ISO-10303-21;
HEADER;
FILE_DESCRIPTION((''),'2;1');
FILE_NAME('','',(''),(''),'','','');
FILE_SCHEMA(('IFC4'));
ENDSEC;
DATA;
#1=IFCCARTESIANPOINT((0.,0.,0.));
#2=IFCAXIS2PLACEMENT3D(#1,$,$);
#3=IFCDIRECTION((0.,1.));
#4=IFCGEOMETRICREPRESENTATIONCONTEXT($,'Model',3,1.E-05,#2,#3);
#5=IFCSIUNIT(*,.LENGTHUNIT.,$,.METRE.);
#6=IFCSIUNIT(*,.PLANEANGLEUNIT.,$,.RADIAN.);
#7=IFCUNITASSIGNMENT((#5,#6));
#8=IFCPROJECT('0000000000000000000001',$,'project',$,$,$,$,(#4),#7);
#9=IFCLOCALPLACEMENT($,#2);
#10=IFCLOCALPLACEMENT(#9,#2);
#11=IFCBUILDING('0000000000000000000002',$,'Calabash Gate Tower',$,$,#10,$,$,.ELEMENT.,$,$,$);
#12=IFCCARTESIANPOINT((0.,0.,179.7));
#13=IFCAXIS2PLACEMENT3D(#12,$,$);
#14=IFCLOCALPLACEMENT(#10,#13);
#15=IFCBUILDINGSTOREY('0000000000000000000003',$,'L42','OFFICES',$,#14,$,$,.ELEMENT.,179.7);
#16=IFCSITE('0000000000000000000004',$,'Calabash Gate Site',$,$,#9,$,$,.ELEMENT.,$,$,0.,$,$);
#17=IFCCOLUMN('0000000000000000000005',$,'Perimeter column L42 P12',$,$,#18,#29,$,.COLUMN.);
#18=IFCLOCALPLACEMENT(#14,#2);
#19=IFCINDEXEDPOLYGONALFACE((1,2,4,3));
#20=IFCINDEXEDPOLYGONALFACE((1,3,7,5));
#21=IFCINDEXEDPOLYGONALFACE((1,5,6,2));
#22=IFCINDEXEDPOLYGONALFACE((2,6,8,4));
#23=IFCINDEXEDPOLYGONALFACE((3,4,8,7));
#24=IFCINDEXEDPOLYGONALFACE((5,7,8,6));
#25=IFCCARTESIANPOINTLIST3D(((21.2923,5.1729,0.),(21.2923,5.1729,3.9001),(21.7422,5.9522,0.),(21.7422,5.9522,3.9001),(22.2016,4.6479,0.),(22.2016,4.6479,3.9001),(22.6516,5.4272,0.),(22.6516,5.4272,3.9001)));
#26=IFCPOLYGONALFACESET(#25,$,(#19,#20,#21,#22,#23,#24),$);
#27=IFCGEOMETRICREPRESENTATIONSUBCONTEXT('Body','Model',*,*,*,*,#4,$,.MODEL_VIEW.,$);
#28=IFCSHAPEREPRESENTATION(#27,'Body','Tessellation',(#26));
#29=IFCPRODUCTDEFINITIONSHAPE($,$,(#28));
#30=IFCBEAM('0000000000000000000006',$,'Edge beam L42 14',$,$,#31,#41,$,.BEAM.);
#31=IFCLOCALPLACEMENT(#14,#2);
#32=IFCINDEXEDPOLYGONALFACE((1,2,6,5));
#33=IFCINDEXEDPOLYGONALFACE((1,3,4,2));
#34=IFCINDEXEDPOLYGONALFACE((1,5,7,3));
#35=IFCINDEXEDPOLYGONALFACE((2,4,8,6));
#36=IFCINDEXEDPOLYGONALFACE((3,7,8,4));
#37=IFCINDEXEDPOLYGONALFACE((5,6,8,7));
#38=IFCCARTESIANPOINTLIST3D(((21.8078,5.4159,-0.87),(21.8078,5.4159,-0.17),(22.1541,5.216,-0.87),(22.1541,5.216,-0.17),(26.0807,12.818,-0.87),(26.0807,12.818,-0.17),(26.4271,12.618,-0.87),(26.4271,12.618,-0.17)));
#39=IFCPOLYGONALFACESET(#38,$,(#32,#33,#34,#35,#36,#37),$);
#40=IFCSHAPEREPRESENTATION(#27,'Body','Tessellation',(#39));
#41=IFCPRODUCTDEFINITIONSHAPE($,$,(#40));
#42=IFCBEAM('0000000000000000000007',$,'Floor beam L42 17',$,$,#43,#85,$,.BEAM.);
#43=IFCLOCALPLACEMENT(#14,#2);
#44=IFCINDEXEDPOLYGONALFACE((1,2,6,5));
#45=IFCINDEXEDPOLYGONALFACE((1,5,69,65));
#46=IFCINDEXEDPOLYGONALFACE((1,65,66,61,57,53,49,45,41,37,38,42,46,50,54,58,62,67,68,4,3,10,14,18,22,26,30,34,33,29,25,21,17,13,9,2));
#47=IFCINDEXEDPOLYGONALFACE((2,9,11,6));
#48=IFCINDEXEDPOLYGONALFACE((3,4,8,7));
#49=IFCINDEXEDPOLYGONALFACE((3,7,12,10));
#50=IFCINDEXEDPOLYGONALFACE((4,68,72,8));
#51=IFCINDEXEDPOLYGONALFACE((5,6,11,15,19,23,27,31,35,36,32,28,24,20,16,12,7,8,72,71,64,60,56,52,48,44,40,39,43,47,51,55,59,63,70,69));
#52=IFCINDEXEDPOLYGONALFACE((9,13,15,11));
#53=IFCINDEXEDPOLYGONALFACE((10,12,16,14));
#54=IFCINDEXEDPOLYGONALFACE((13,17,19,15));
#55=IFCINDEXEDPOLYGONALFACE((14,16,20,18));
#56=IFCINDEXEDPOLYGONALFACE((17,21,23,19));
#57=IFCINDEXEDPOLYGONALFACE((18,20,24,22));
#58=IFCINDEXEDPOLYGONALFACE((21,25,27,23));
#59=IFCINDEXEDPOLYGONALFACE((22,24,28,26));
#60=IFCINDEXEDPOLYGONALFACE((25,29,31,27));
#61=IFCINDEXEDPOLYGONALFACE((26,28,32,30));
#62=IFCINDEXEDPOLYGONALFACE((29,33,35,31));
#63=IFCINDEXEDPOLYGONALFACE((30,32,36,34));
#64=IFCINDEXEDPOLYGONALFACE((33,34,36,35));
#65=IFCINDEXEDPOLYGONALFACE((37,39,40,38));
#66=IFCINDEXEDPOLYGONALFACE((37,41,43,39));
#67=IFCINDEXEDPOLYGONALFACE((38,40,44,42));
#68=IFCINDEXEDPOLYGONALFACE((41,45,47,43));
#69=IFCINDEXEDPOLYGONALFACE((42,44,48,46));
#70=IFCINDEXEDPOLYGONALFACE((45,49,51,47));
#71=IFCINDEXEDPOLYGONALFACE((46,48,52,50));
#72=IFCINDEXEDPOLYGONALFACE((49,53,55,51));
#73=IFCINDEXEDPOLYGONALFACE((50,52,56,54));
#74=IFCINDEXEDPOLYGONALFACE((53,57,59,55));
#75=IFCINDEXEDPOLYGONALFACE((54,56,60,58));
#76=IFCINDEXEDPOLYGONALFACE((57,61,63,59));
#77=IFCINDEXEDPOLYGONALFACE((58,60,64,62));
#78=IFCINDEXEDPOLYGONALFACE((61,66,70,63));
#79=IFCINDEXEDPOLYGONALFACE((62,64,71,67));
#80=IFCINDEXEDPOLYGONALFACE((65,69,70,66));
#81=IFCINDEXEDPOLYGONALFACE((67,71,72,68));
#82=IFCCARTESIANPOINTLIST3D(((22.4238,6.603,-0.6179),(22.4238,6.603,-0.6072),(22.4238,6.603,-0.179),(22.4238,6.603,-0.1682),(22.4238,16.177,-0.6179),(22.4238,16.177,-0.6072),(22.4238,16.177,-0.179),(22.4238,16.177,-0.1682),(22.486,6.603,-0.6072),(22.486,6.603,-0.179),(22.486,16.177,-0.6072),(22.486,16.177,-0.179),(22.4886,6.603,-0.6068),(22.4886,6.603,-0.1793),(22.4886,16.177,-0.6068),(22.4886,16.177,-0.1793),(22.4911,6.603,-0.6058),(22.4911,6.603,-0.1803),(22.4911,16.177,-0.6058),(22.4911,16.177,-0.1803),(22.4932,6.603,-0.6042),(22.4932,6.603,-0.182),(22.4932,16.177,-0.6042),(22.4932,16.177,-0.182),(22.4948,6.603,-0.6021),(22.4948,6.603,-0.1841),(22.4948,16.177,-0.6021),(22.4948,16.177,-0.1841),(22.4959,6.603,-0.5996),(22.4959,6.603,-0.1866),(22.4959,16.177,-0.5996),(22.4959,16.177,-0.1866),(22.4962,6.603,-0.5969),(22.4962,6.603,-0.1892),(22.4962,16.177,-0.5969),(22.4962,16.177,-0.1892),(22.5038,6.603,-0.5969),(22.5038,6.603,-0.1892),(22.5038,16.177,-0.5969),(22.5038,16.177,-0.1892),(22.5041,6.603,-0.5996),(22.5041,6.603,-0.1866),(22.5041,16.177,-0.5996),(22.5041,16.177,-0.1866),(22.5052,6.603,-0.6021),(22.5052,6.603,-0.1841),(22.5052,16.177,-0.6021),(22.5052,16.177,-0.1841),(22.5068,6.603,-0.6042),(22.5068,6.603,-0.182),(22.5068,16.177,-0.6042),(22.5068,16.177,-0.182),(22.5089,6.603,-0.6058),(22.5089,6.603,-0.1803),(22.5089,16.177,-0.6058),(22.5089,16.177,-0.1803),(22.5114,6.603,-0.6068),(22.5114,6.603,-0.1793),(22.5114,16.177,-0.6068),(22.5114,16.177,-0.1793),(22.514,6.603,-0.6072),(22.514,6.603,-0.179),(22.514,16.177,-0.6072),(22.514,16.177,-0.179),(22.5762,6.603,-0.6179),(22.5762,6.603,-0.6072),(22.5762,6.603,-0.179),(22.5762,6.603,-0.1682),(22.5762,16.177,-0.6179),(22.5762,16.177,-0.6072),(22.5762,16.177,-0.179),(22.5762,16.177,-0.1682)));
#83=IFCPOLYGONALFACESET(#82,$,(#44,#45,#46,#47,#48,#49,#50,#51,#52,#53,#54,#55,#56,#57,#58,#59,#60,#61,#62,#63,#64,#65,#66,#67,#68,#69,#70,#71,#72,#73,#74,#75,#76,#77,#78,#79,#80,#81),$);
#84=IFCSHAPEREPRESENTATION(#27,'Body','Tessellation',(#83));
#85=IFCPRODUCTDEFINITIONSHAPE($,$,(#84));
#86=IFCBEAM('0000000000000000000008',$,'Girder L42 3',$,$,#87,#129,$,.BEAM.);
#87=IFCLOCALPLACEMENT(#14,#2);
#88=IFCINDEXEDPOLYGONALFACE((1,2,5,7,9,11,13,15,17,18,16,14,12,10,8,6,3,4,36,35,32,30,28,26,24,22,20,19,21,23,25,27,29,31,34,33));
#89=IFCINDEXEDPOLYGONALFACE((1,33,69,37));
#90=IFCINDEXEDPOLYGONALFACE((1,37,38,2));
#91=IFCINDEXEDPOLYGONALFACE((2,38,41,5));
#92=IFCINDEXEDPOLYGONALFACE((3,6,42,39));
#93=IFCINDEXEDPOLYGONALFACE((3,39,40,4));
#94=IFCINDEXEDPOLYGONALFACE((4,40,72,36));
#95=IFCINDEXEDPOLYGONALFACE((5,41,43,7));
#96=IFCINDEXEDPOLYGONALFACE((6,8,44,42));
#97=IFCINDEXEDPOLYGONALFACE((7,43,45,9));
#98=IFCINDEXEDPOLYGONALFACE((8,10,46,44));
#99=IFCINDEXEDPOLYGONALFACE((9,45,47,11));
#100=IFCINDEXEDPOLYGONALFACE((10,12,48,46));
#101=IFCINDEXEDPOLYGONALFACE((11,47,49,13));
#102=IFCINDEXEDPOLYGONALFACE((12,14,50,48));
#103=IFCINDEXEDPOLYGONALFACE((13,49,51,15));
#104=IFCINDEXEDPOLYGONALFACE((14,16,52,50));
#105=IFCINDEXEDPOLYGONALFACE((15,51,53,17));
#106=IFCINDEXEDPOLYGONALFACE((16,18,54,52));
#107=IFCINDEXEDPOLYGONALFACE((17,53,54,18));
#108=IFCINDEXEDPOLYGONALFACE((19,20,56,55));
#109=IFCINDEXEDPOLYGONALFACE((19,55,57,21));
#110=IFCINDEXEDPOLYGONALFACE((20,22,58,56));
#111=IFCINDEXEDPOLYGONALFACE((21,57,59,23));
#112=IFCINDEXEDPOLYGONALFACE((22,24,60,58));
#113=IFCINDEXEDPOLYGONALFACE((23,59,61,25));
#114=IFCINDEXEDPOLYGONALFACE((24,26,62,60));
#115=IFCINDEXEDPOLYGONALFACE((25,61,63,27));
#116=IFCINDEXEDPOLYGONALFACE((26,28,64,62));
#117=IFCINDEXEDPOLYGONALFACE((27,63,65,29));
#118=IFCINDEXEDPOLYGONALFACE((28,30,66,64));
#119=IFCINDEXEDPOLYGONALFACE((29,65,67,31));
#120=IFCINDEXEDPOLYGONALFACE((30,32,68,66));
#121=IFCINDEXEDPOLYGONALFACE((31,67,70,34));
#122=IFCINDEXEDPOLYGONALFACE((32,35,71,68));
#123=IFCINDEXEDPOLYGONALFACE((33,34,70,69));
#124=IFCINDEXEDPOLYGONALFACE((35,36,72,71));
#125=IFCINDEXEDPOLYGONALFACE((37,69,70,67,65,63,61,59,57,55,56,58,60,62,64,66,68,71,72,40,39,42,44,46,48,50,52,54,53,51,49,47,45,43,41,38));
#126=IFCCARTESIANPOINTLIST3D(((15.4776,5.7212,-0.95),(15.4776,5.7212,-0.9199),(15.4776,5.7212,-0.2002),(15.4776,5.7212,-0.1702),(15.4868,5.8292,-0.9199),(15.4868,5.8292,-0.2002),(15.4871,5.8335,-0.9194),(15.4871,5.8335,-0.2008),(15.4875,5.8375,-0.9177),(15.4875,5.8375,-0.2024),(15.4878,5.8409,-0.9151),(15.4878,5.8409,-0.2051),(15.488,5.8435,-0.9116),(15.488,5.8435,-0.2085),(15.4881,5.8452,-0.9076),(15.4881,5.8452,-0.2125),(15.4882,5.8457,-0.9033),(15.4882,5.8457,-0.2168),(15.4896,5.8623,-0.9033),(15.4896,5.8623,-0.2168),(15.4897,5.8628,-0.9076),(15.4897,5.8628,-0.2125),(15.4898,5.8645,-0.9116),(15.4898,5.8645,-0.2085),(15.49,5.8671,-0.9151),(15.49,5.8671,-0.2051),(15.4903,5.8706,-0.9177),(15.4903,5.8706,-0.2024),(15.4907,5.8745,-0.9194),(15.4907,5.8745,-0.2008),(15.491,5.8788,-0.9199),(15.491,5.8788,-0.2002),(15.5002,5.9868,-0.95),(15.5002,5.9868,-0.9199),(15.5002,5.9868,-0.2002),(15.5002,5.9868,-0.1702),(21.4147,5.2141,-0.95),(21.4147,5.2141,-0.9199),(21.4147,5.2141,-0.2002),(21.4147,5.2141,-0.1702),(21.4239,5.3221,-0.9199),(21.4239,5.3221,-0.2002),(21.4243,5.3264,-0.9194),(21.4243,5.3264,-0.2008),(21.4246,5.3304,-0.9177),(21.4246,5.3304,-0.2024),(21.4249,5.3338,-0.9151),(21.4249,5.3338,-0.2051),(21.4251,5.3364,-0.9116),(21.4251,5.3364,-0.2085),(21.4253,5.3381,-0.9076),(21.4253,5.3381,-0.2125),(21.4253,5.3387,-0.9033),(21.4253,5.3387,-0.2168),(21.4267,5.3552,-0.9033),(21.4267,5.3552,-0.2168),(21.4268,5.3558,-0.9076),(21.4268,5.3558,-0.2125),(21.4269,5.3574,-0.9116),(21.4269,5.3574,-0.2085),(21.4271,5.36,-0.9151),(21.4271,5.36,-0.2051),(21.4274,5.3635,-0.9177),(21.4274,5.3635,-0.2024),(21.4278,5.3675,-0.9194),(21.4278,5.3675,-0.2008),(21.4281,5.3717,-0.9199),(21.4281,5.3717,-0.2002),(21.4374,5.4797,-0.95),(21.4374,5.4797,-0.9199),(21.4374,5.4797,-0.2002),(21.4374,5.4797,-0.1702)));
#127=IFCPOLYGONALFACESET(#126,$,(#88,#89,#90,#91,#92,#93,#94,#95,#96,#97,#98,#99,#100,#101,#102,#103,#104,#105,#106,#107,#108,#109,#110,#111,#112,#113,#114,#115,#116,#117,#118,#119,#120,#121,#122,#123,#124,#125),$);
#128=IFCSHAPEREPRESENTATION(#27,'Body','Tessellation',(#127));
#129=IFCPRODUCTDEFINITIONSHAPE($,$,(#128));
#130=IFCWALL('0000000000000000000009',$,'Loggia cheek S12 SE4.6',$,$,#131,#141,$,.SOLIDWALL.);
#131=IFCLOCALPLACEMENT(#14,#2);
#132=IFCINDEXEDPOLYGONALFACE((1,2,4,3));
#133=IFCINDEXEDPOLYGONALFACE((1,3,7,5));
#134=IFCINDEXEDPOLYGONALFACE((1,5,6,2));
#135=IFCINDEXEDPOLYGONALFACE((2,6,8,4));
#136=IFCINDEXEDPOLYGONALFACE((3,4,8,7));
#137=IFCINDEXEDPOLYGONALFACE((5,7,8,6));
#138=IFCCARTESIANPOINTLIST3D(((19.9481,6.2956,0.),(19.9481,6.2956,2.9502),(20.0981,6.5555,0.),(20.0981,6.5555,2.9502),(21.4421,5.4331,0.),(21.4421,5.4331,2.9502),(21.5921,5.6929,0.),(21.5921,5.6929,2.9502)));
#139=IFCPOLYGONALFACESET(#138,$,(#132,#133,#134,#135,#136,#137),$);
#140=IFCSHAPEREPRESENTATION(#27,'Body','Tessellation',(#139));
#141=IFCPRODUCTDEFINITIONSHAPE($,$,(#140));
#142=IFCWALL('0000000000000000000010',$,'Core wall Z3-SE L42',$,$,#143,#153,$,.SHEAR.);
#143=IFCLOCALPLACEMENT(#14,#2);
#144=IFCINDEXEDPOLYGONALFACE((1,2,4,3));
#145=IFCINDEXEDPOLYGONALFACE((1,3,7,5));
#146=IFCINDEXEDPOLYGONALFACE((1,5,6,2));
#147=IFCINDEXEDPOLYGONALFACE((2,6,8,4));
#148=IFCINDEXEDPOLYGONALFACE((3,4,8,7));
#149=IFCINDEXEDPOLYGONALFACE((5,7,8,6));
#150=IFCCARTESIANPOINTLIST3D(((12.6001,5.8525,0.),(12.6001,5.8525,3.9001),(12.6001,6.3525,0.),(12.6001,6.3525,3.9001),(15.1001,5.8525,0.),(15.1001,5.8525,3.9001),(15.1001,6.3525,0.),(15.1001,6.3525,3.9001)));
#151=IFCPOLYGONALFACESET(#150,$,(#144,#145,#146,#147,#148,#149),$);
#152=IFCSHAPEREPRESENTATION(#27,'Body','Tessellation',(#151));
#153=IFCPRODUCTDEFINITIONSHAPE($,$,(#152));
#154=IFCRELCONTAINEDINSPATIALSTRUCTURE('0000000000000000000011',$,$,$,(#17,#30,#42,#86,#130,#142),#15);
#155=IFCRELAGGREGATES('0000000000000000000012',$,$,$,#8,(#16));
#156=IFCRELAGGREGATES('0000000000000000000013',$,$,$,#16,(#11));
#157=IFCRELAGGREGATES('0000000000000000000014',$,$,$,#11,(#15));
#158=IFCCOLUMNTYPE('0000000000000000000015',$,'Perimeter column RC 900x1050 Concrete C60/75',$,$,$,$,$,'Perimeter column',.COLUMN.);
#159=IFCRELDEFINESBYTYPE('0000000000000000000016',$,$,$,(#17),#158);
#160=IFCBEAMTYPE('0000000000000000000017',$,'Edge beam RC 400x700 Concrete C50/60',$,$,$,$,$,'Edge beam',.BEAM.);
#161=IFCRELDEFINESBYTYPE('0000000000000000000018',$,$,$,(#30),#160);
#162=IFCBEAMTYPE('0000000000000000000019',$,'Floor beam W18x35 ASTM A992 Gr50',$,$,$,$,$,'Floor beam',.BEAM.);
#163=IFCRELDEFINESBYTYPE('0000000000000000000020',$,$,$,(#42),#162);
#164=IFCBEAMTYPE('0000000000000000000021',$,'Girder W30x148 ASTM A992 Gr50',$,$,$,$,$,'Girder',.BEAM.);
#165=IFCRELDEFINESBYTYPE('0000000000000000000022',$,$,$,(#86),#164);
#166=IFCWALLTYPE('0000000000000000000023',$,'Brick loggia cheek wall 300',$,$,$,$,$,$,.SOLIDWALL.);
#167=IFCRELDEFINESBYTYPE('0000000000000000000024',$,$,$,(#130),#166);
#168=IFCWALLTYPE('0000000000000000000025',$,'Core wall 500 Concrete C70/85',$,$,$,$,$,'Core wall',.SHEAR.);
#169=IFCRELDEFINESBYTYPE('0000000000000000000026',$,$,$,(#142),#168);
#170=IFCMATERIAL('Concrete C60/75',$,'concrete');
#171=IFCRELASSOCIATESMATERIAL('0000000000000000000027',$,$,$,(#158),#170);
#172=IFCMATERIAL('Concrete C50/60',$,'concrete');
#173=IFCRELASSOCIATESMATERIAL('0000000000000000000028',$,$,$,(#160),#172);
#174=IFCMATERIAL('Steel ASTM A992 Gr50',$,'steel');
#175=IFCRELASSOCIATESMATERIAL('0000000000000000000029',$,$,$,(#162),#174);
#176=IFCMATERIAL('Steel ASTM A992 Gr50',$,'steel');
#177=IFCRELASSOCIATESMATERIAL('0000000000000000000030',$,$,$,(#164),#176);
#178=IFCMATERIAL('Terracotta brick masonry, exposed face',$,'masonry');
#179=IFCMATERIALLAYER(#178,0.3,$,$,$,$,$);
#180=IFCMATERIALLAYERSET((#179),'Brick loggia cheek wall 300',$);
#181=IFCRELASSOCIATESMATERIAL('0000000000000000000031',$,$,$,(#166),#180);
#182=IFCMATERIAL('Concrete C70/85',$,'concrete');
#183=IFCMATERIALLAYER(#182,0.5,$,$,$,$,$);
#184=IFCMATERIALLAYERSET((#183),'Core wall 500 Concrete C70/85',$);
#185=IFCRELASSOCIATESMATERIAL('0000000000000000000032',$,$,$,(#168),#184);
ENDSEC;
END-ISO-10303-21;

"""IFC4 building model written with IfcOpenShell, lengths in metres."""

from ifc_helpers import new_model, si_unit, direction, frame, frame_2d, origin, origin_2d, place, context, subcontext, project, spatial, rectangle, i_section, extrude, material, layer, layer_set, material_profile, profile_set, type_object, element, save


model = new_model("IFC4")

# Units and contexts
model_context = context("Model", 3, precision=1e-05, world=origin(), true_north=direction((0.0, 1.0)))
body_context = subcontext(model_context, "Body", "Model", "MODEL_VIEW")
ifc_project = project(units=[si_unit("LENGTHUNIT", "METRE"), si_unit("PLANEANGLEUNIT", "RADIAN")], contexts=[model_context])

# Site, building, storey
site_placement = place(None, origin())
site = spatial("IfcSite", under=ifc_project, at=site_placement, Name="Calabash Gate Site", CompositionType="ELEMENT", RefElevation=0.0)
building_placement = place(site_placement, origin())
building = spatial("IfcBuilding", under=site, at=building_placement, Name="Calabash Gate Tower", CompositionType="ELEMENT")
storey_placement = place(building_placement, frame((0.0, 0.0, 179.7)))
storey = spatial("IfcBuildingStorey", under=building, at=storey_placement, Name="L42", Description="OFFICES", CompositionType="ELEMENT", Elevation=179.7)

# Column
ifc_material_1 = material(Name="Concrete C60/75", Category="concrete")
ifc_material_profile_1 = material_profile(ifc_material_1, rectangle(XDim=0.8999, YDim=1.05, at=origin_2d()))
ifc_profile_set_1 = profile_set([ifc_material_profile_1], Name="Concrete C60/75")
column_type = type_object("IfcColumnType", Name="Perimeter column RC 900x1050 Concrete C60/75", ElementType="Perimeter column", PredefinedType="COLUMN", material=ifc_profile_set_1)
column_placement = place(storey_placement, frame((21.9719, 5.3, 0.0), z_axis=(0.0, 0.0, 1.0), x_axis=(0.5, 0.866025, 0.0)))
element("IfcColumn", 1, at=column_placement, inside=storey, type_object=column_type, Name="Perimeter column L42 P12", PredefinedType="COLUMN", context=body_context, shape_type="SweptSolid", body=[
    extrude(rectangle(XDim=0.8999, YDim=1.05, at=origin_2d()), origin(), (0.0, 0.0, 1.0), 3.9001),
])

# Beams
ifc_material_2 = material(Name="Concrete C50/60", Category="concrete")
ifc_material_profile_2 = material_profile(ifc_material_2, rectangle(XDim=0.3999, YDim=0.7, at=origin_2d()))
ifc_profile_set_2 = profile_set([ifc_material_profile_2], Name="Concrete C50/60")
beam_type_1 = type_object("IfcBeamType", Name="Edge beam RC 400x700 Concrete C50/60", ElementType="Edge beam", PredefinedType="BEAM", material=ifc_profile_set_2)
beam_1_placement = place(storey_placement, frame((21.981, 5.3159, -0.52), z_axis=(0.499943, 0.866059, 0.0), x_axis=(-0.866059, 0.499943, 0.0)))
element("IfcBeam", 2, at=beam_1_placement, inside=storey, type_object=beam_type_1, Name="Edge beam L42 14", PredefinedType="BEAM", context=body_context, shape_type="SweptSolid", body=[
    extrude(rectangle(XDim=0.3999, YDim=0.7, at=origin_2d()), origin(), (0.0, 0.0, 1.0), 8.5469),
])
ifc_material_3 = material(Name="Steel ASTM A992 Gr50", Category="steel")
ifc_material_profile_3 = material_profile(ifc_material_3, i_section(OverallWidth=0.1523, OverallDepth=0.4497, WebThickness=0.0076, FlangeThickness=0.0107, FilletRadius=0.0103, at=origin_2d()))
ifc_profile_set_3 = profile_set([ifc_material_profile_3], Name="Steel ASTM A992 Gr50")
beam_type_2 = type_object("IfcBeamType", Name="Floor beam W18x35 ASTM A992 Gr50", ElementType="Floor beam", PredefinedType="BEAM", material=ifc_profile_set_3)
beam_2_placement = place(storey_placement, frame((22.5, 6.603, -0.3931), z_axis=(0.0, 1.0, 0.0), x_axis=(-1.0, 0.0, 0.0)))
element("IfcBeam", 3, at=beam_2_placement, inside=storey, type_object=beam_type_2, Name="Floor beam L42 17", PredefinedType="BEAM", context=body_context, shape_type="SweptSolid", body=[
    extrude(i_section(OverallWidth=0.1523, OverallDepth=0.4497, WebThickness=0.0076, FlangeThickness=0.0107, FilletRadius=0.0103, at=origin_2d()), origin(), (0.0, 0.0, 1.0), 9.574),
])
ifc_material_4 = material(Name="Steel ASTM A992 Gr50", Category="steel")
ifc_material_profile_4 = material_profile(ifc_material_4, i_section(OverallWidth=0.2666, OverallDepth=0.7798, WebThickness=0.0166, FlangeThickness=0.03, FilletRadius=0.0166, at=origin_2d()))
ifc_profile_set_4 = profile_set([ifc_material_profile_4], Name="Steel ASTM A992 Gr50")
beam_type_3 = type_object("IfcBeamType", Name="Girder W30x148 ASTM A992 Gr50", ElementType="Girder", PredefinedType="BEAM", material=ifc_profile_set_4)
beam_3_placement = place(storey_placement, frame((21.426, 5.3469, -0.5601), z_axis=(-0.996372, 0.0851, 0.0), x_axis=(-0.0851, -0.996372, 0.0)))
element("IfcBeam", 4, at=beam_3_placement, inside=storey, type_object=beam_type_3, Name="Girder L42 3", PredefinedType="BEAM", context=body_context, shape_type="SweptSolid", body=[
    extrude(i_section(OverallWidth=0.2666, OverallDepth=0.7798, WebThickness=0.0166, FlangeThickness=0.03, FilletRadius=0.0166, at=origin_2d()), origin(), (0.0, 0.0, 1.0), 5.9587),
])

# Walls
ifc_material_5 = material(Name="Terracotta brick masonry, exposed face", Category="masonry")
ifc_layer_1 = layer(ifc_material_5, 0.3)
ifc_layer_set_1 = layer_set([ifc_layer_1], Name="Brick loggia cheek wall 300")
wall_type_1 = type_object("IfcWallType", Name="Brick loggia cheek wall 300", PredefinedType="SOLIDWALL", material=ifc_layer_set_1)
wall_1_placement = place(storey_placement, frame((21.5171, 5.563, 0.0), z_axis=(0.0, 0.0, 1.0), x_axis=(-0.866014, 0.500021, 0.0)))
element("IfcWall", 5, at=wall_1_placement, inside=storey, type_object=wall_type_1, Name="Loggia cheek S12 SE4.6", PredefinedType="SOLIDWALL", context=body_context, shape_type="SweptSolid", body=[
    extrude(rectangle(XDim=1.7251, YDim=0.3, at=frame_2d((0.8625, 0.0))), origin(), (0.0, 0.0, 1.0), 2.9502),
])
ifc_material_6 = material(Name="Concrete C70/85", Category="concrete")
ifc_layer_2 = layer(ifc_material_6, 0.5)
ifc_layer_set_2 = layer_set([ifc_layer_2], Name="Core wall 500 Concrete C70/85")
wall_type_2 = type_object("IfcWallType", Name="Core wall 500 Concrete C70/85", ElementType="Core wall", PredefinedType="SHEAR", material=ifc_layer_set_2)
wall_2_placement = place(storey_placement, frame((12.6001, 6.1025, 0.0), z_axis=(0.0, 0.0, 1.0), x_axis=(1.0, 0.0, 0.0)))
element("IfcWall", 6, at=wall_2_placement, inside=storey, type_object=wall_type_2, Name="Core wall Z3-SE L42", PredefinedType="SHEAR", context=body_context, shape_type="SweptSolid", body=[
    extrude(rectangle(XDim=2.5, YDim=0.5, at=frame_2d((1.25, 0.0))), origin(), (0.0, 0.0, 1.0), 3.9001),
])

save(model, "model.ifc")
